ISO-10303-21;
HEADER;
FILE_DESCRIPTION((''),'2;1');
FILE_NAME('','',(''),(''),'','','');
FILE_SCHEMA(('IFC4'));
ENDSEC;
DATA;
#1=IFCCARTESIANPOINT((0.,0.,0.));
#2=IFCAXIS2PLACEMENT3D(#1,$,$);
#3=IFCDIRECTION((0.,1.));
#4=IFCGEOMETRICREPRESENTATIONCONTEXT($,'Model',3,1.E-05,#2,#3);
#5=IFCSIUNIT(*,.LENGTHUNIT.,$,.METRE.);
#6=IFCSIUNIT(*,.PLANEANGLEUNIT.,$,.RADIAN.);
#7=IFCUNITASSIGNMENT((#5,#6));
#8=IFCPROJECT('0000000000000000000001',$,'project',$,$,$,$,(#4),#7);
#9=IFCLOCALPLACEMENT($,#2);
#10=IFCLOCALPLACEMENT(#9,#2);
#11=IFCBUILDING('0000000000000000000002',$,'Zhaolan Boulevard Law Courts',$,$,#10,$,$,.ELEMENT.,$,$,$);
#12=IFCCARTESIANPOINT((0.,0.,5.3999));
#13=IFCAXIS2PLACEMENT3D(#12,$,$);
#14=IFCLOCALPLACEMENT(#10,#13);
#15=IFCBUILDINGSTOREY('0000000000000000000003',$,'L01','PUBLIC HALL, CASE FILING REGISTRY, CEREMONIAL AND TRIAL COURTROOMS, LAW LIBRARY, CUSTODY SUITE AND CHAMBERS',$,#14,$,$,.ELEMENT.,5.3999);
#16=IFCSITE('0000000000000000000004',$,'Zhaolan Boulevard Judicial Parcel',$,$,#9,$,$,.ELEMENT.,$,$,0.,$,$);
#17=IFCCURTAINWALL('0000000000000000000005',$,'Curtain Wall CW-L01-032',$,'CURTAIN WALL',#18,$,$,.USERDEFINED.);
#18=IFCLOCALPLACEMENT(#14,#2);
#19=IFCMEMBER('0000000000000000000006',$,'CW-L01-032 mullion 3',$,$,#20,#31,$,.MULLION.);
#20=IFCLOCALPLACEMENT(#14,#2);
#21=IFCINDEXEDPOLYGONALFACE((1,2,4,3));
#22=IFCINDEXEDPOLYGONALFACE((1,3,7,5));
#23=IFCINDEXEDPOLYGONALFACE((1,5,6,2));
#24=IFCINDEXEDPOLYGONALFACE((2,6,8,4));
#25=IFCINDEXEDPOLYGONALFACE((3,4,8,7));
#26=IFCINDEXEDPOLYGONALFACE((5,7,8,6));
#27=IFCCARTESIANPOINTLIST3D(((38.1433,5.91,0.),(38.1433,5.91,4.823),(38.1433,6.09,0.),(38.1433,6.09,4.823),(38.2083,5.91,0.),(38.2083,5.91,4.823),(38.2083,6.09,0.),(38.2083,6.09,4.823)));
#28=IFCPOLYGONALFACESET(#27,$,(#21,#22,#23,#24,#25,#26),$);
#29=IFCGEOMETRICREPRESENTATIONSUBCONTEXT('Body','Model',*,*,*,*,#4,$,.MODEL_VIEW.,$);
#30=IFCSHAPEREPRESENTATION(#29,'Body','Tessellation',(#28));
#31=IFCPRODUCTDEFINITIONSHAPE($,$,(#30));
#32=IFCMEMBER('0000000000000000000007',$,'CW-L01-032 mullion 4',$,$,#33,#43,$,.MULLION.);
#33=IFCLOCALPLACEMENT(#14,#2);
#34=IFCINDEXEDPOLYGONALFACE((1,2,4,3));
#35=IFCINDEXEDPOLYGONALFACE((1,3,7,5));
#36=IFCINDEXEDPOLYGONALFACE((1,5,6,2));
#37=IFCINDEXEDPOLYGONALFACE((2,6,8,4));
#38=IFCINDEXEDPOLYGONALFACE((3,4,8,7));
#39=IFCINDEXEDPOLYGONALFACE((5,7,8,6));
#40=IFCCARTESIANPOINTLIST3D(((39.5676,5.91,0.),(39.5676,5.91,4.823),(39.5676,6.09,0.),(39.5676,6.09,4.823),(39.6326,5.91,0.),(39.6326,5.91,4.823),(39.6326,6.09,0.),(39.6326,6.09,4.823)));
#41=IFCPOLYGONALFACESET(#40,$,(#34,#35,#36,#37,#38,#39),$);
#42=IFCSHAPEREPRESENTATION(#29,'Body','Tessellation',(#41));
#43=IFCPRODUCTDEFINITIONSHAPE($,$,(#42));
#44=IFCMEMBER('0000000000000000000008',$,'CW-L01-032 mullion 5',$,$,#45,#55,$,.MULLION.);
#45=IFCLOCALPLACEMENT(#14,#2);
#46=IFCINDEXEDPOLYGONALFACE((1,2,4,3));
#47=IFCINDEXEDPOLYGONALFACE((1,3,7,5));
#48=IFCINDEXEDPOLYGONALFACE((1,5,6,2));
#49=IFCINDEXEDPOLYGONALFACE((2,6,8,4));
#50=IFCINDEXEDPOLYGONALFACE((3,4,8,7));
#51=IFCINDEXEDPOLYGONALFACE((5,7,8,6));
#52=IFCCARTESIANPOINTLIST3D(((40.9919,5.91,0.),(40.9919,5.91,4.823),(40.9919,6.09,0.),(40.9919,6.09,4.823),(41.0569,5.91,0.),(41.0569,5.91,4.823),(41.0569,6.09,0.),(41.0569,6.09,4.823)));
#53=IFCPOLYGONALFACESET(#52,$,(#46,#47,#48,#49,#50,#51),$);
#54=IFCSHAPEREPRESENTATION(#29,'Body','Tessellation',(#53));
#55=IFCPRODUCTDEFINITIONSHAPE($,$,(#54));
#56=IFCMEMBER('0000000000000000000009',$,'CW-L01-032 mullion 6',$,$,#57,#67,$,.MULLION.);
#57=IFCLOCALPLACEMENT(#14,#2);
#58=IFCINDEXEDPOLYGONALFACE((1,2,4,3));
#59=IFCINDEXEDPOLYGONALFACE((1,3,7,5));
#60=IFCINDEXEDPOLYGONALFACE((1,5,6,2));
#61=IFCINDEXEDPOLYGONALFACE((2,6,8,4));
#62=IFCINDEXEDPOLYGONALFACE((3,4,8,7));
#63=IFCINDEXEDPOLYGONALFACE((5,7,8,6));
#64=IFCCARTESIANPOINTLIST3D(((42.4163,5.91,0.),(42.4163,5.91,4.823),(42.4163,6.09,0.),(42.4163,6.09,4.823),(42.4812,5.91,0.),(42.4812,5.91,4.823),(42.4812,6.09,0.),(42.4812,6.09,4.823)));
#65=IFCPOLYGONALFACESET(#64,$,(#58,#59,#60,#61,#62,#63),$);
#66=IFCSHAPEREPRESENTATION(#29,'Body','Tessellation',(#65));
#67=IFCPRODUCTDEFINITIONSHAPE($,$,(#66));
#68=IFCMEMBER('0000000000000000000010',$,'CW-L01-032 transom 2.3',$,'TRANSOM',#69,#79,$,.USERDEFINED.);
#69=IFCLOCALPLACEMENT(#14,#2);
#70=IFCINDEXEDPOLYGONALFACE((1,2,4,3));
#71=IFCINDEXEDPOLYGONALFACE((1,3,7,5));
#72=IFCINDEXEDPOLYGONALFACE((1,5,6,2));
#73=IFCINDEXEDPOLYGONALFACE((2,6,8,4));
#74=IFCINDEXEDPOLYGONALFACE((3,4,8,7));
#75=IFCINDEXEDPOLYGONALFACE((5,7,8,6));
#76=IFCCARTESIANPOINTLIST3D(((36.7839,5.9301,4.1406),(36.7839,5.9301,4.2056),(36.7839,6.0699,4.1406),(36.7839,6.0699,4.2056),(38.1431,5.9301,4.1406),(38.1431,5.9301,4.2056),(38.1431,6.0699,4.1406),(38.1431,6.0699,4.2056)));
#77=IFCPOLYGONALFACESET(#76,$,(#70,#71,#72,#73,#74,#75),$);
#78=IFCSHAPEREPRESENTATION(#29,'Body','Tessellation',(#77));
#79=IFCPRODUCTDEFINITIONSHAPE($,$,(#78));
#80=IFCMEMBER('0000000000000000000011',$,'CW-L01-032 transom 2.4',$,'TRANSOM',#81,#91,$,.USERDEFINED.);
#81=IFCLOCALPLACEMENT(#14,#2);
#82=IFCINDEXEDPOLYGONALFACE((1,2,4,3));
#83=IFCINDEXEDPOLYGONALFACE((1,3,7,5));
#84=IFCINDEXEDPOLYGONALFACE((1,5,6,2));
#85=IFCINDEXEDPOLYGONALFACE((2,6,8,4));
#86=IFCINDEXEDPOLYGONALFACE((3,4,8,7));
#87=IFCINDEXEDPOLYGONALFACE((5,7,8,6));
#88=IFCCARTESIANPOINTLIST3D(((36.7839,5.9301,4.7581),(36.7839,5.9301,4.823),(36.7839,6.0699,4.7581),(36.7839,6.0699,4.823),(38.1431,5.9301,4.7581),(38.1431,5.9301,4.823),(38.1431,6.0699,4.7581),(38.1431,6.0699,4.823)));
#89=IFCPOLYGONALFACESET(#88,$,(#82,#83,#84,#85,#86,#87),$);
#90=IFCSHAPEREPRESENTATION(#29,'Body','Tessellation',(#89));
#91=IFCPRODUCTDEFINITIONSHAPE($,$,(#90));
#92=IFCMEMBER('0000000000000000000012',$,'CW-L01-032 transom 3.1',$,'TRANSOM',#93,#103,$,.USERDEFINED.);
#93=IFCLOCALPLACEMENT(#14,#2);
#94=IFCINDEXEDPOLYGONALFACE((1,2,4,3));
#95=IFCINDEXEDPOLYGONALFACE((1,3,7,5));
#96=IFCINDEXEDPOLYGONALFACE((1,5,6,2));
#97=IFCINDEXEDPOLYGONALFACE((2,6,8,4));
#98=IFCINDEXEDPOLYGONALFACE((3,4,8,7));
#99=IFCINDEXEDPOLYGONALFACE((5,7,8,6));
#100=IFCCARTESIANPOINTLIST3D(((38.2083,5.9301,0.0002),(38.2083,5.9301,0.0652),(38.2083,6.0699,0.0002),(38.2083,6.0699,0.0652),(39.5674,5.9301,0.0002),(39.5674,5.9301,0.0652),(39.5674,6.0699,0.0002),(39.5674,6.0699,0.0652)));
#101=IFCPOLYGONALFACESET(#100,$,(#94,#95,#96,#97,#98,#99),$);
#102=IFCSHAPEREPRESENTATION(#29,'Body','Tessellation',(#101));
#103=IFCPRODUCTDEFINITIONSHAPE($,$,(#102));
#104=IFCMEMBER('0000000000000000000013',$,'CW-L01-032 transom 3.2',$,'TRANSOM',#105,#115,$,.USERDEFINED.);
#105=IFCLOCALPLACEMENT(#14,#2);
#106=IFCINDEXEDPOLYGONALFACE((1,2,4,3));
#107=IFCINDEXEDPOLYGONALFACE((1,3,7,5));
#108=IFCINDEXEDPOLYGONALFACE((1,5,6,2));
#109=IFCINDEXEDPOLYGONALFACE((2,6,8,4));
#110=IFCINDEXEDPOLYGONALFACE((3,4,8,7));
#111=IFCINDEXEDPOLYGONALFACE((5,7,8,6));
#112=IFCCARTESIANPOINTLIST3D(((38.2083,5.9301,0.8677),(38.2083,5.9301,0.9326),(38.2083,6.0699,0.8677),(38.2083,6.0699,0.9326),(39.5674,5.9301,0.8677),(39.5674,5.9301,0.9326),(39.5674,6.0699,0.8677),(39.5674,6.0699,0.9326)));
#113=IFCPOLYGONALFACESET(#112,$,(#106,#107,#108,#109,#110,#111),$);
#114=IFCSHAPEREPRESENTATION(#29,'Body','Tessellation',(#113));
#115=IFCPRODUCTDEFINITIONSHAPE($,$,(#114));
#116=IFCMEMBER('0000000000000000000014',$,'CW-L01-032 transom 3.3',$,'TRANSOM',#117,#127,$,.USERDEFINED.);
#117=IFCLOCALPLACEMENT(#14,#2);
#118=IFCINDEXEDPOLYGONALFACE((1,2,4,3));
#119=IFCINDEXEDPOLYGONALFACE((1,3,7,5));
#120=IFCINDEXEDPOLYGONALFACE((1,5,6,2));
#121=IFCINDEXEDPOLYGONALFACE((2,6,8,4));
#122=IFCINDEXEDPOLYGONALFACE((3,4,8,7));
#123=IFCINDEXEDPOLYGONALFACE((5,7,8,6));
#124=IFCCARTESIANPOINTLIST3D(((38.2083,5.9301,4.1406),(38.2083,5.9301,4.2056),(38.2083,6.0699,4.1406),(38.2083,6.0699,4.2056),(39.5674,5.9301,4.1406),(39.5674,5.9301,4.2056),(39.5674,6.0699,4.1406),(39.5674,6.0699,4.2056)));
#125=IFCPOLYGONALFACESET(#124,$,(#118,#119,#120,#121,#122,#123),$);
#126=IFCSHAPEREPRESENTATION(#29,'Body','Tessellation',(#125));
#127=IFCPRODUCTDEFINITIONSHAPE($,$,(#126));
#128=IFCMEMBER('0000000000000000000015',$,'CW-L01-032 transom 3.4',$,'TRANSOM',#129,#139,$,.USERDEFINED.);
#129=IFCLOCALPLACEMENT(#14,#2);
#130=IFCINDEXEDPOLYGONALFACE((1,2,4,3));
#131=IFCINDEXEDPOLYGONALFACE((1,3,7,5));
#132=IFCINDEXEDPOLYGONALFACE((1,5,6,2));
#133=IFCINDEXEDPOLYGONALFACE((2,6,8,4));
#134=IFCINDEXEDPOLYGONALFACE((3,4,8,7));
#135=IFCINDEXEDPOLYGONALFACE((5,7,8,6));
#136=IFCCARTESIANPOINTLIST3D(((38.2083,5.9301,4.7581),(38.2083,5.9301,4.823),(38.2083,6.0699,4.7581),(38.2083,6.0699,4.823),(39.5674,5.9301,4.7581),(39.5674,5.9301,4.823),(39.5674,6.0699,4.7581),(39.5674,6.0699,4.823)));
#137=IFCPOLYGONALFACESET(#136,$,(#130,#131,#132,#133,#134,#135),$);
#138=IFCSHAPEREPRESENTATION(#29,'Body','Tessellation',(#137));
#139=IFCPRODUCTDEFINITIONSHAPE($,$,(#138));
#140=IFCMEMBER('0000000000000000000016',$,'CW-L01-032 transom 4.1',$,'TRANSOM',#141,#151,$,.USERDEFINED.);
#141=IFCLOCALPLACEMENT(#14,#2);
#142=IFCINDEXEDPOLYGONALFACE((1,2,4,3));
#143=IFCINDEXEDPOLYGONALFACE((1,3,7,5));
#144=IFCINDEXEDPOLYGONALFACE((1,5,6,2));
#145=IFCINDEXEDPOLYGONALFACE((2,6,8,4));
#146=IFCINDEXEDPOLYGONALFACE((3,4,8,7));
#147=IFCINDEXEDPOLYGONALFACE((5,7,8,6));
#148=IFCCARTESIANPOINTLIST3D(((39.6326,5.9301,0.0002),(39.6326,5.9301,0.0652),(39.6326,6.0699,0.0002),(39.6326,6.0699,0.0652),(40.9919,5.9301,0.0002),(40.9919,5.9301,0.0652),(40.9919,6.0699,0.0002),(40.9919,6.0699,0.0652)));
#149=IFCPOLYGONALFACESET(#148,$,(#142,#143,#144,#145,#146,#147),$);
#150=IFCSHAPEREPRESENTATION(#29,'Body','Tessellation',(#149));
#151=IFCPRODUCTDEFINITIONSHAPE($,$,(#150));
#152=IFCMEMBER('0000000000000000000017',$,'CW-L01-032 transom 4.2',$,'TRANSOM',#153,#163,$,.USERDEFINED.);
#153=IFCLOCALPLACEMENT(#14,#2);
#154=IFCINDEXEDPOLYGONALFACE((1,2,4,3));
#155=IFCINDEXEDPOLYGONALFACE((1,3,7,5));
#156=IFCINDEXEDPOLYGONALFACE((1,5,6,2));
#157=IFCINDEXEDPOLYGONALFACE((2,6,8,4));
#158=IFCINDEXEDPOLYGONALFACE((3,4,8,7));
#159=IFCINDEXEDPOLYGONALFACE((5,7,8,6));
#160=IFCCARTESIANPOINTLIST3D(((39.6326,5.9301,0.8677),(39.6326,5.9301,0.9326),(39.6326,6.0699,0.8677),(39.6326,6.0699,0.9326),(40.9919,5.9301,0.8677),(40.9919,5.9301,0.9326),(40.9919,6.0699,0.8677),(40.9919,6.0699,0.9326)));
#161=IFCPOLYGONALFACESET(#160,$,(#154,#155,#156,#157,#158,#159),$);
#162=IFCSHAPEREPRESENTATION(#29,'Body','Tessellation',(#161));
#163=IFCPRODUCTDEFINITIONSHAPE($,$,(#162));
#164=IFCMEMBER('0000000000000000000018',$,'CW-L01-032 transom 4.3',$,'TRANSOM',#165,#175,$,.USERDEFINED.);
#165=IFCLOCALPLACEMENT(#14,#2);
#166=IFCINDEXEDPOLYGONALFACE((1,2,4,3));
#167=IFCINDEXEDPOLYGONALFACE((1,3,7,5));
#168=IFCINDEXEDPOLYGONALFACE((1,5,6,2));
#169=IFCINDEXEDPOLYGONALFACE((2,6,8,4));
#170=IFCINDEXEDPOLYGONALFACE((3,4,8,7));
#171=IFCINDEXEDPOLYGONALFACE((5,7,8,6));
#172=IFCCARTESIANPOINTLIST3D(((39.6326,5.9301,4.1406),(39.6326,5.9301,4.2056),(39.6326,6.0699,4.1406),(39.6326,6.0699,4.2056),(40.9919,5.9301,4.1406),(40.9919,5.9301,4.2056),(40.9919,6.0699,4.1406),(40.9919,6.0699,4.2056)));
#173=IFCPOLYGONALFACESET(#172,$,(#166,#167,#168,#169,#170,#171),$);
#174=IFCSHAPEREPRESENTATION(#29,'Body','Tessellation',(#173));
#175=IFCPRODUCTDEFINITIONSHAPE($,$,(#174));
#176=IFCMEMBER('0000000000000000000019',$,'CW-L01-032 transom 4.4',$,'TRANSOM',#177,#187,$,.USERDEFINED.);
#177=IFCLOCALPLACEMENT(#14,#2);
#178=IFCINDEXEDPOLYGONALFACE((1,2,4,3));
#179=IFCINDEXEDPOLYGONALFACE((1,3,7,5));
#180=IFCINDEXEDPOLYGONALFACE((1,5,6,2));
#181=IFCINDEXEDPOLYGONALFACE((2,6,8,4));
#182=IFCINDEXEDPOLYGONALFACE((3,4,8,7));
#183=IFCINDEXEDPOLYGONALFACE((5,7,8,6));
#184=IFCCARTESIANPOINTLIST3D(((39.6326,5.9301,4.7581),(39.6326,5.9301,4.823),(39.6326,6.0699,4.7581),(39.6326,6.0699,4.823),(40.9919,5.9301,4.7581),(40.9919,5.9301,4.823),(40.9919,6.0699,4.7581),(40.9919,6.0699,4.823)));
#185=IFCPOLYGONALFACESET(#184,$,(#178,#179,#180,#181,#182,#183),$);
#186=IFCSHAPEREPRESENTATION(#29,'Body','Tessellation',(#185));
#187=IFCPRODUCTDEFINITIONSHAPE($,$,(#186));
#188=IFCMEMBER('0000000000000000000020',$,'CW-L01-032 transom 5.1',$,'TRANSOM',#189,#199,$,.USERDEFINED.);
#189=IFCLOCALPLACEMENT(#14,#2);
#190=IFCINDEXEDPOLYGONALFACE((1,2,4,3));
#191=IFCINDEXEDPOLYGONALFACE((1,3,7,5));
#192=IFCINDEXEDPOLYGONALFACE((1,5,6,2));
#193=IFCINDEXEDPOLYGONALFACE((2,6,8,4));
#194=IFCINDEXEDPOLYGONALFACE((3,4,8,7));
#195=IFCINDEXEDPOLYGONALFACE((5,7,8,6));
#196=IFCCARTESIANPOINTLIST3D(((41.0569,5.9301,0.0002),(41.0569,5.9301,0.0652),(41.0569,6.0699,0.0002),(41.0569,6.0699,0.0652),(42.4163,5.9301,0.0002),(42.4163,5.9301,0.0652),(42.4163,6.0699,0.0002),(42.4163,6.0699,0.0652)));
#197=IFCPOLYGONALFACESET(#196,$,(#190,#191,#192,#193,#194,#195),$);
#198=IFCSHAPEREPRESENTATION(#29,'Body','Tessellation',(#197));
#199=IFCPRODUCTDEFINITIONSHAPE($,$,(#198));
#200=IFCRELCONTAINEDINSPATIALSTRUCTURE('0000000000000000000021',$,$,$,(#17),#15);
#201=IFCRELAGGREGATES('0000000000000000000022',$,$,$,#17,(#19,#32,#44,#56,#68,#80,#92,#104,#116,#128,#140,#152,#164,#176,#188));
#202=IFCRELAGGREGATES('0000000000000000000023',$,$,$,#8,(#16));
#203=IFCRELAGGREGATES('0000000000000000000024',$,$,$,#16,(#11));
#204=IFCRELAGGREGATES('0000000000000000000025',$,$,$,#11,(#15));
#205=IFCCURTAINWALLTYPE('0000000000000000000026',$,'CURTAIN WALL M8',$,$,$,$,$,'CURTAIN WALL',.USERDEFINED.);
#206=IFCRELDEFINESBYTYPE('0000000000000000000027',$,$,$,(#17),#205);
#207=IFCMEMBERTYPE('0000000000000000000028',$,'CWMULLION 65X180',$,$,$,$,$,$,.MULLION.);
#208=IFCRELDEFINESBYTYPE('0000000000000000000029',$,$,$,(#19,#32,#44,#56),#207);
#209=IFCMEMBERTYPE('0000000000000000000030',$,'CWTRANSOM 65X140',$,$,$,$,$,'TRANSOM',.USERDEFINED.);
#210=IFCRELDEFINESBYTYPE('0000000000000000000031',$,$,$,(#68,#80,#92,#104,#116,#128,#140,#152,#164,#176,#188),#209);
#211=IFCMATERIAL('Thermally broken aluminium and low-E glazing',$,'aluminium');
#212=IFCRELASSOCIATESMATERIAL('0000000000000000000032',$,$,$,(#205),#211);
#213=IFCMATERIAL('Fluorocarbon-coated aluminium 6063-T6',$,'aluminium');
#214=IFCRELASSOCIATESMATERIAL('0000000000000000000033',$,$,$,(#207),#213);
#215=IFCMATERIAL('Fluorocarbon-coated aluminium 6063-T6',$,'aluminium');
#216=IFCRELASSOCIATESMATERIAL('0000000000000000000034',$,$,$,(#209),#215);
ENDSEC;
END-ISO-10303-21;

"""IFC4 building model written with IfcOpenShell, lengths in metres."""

from ifc_helpers import new_model, si_unit, direction, frame, origin, origin_2d, place, context, subcontext, project, spatial, rectangle, extrude, material, material_profile, profile_set, type_object, element, aggregate, save


model = new_model("IFC4")

# Units and contexts
model_context = context("Model", 3, precision=1e-05, world=origin(), true_north=direction((0.0, 1.0)))
body_context = subcontext(model_context, "Body", "Model", "MODEL_VIEW")
ifc_project = project(units=[si_unit("LENGTHUNIT", "METRE"), si_unit("PLANEANGLEUNIT", "RADIAN")], contexts=[model_context])

# Site, building, storey
site_placement = place(None, origin())
site = spatial("IfcSite", under=ifc_project, at=site_placement, Name="Zhaolan Boulevard Judicial Parcel", CompositionType="ELEMENT", RefElevation=0.0)
building_placement = place(site_placement, origin())
building = spatial("IfcBuilding", under=site, at=building_placement, Name="Zhaolan Boulevard Law Courts", CompositionType="ELEMENT")
storey_placement = place(building_placement, frame((0.0, 0.0, 5.3999)))
storey = spatial("IfcBuildingStorey", under=building, at=storey_placement, Name="L01", Description="PUBLIC HALL, CASE FILING REGISTRY, CEREMONIAL AND TRIAL COURTROOMS, LAW LIBRARY, CUSTODY SUITE AND CHAMBERS", CompositionType="ELEMENT", Elevation=5.3999)

# Curtain wall, members
ifc_material_1 = material(Name="Thermally broken aluminium and low-E glazing", Category="aluminium")
curtain_wall_type = type_object("IfcCurtainWallType", Name="CURTAIN WALL M8", ElementType="CURTAIN WALL", PredefinedType="USERDEFINED", material=ifc_material_1)
curtain_wall_placement = place(storey_placement, origin())
curtain_wall = element("IfcCurtainWall", 1, at=curtain_wall_placement, inside=storey, type_object=curtain_wall_type, Name="Curtain Wall CW-L01-032", ObjectType="CURTAIN WALL", PredefinedType="USERDEFINED")
ifc_material_2 = material(Name="Fluorocarbon-coated aluminium 6063-T6", Category="aluminium")
ifc_material_profile_1 = material_profile(ifc_material_2, rectangle(XDim=0.1799, YDim=0.0649, at=origin_2d()), Name="AL65x180")
ifc_profile_set_1 = profile_set([ifc_material_profile_1], Name="Fluorocarbon-coated aluminium 6063-T6")
member_type_1 = type_object("IfcMemberType", Name="CWMULLION 65X180", PredefinedType="MULLION", material=ifc_profile_set_1)
member_1_placement = place(storey_placement, frame((38.1758, 6.0, 0.0), z_axis=(0.0, 0.0, 1.0), x_axis=(0.0, 1.0, 0.0)))
member_1 = element("IfcMember", 2, at=member_1_placement, type_object=member_type_1, Name="CW-L01-032 mullion 3", PredefinedType="MULLION", context=body_context, shape_type="SweptSolid", body=[
    extrude(rectangle(XDim=0.1799, YDim=0.0649, at=origin_2d()), origin(), (0.0, 0.0, 1.0), 4.823),
])
member_2_placement = place(storey_placement, frame((39.6001, 6.0, 0.0), z_axis=(0.0, 0.0, 1.0), x_axis=(0.0, 1.0, 0.0)))
member_2 = element("IfcMember", 3, at=member_2_placement, type_object=member_type_1, Name="CW-L01-032 mullion 4", PredefinedType="MULLION", context=body_context, shape_type="SweptSolid", body=[
    extrude(rectangle(XDim=0.1799, YDim=0.0649, at=origin_2d()), origin(), (0.0, 0.0, 1.0), 4.823),
])
member_3_placement = place(storey_placement, frame((41.0244, 6.0, 0.0), z_axis=(0.0, 0.0, 1.0), x_axis=(0.0, 1.0, 0.0)))
member_3 = element("IfcMember", 4, at=member_3_placement, type_object=member_type_1, Name="CW-L01-032 mullion 5", PredefinedType="MULLION", context=body_context, shape_type="SweptSolid", body=[
    extrude(rectangle(XDim=0.1799, YDim=0.0649, at=origin_2d()), origin(), (0.0, 0.0, 1.0), 4.823),
])
member_4_placement = place(storey_placement, frame((42.4487, 6.0, 0.0), z_axis=(0.0, 0.0, 1.0), x_axis=(0.0, 1.0, 0.0)))
member_4 = element("IfcMember", 5, at=member_4_placement, type_object=member_type_1, Name="CW-L01-032 mullion 6", PredefinedType="MULLION", context=body_context, shape_type="SweptSolid", body=[
    extrude(rectangle(XDim=0.1799, YDim=0.0649, at=origin_2d()), origin(), (0.0, 0.0, 1.0), 4.823),
])
ifc_material_3 = material(Name="Fluorocarbon-coated aluminium 6063-T6", Category="aluminium")
ifc_material_profile_2 = material_profile(ifc_material_3, rectangle(XDim=0.1399, YDim=0.0649, at=origin_2d()), Name="AL65x140")
ifc_profile_set_2 = profile_set([ifc_material_profile_2], Name="Fluorocarbon-coated aluminium 6063-T6")
member_type_2 = type_object("IfcMemberType", Name="CWTRANSOM 65X140", ElementType="TRANSOM", PredefinedType="USERDEFINED", material=ifc_profile_set_2)
member_5_placement = place(storey_placement, frame((36.7839, 6.0, 4.1731), z_axis=(1.0, 0.0, 0.0), x_axis=(0.0, 1.0, 0.0)))
member_5 = element("IfcMember", 6, at=member_5_placement, type_object=member_type_2, Name="CW-L01-032 transom 2.3", ObjectType="TRANSOM", PredefinedType="USERDEFINED", context=body_context, shape_type="SweptSolid", body=[
    extrude(rectangle(XDim=0.1399, YDim=0.0649, at=origin_2d()), origin(), (0.0, 0.0, 1.0), 1.3591),
])
member_6_placement = place(storey_placement, frame((36.7839, 6.0, 4.7905), z_axis=(1.0, 0.0, 0.0), x_axis=(0.0, 1.0, 0.0)))
member_6 = element("IfcMember", 7, at=member_6_placement, type_object=member_type_2, Name="CW-L01-032 transom 2.4", ObjectType="TRANSOM", PredefinedType="USERDEFINED", context=body_context, shape_type="SweptSolid", body=[
    extrude(rectangle(XDim=0.1399, YDim=0.0649, at=origin_2d()), origin(), (0.0, 0.0, 1.0), 1.3591),
])
member_7_placement = place(storey_placement, frame((38.2083, 6.0, 0.0327), z_axis=(1.0, 0.0, 0.0), x_axis=(0.0, 1.0, 0.0)))
member_7 = element("IfcMember", 8, at=member_7_placement, type_object=member_type_2, Name="CW-L01-032 transom 3.1", ObjectType="TRANSOM", PredefinedType="USERDEFINED", context=body_context, shape_type="SweptSolid", body=[
    extrude(rectangle(XDim=0.1399, YDim=0.0649, at=origin_2d()), origin(), (0.0, 0.0, 1.0), 1.3591),
])
member_8_placement = place(storey_placement, frame((38.2083, 6.0, 0.9001), z_axis=(1.0, 0.0, 0.0), x_axis=(0.0, 1.0, 0.0)))
member_8 = element("IfcMember", 9, at=member_8_placement, type_object=member_type_2, Name="CW-L01-032 transom 3.2", ObjectType="TRANSOM", PredefinedType="USERDEFINED", context=body_context, shape_type="SweptSolid", body=[
    extrude(rectangle(XDim=0.1399, YDim=0.0649, at=origin_2d()), origin(), (0.0, 0.0, 1.0), 1.3591),
])
member_9_placement = place(storey_placement, frame((38.2083, 6.0, 4.1731), z_axis=(1.0, 0.0, 0.0), x_axis=(0.0, 1.0, 0.0)))
member_9 = element("IfcMember", 10, at=member_9_placement, type_object=member_type_2, Name="CW-L01-032 transom 3.3", ObjectType="TRANSOM", PredefinedType="USERDEFINED", context=body_context, shape_type="SweptSolid", body=[
    extrude(rectangle(XDim=0.1399, YDim=0.0649, at=origin_2d()), origin(), (0.0, 0.0, 1.0), 1.3591),
])
member_10_placement = place(storey_placement, frame((38.2083, 6.0, 4.7905), z_axis=(1.0, 0.0, 0.0), x_axis=(0.0, 1.0, 0.0)))
member_10 = element("IfcMember", 11, at=member_10_placement, type_object=member_type_2, Name="CW-L01-032 transom 3.4", ObjectType="TRANSOM", PredefinedType="USERDEFINED", context=body_context, shape_type="SweptSolid", body=[
    extrude(rectangle(XDim=0.1399, YDim=0.0649, at=origin_2d()), origin(), (0.0, 0.0, 1.0), 1.3591),
])
member_11_placement = place(storey_placement, frame((39.6326, 6.0, 0.0327), z_axis=(1.0, 0.0, 0.0), x_axis=(0.0, 1.0, 0.0)))
member_11 = element("IfcMember", 12, at=member_11_placement, type_object=member_type_2, Name="CW-L01-032 transom 4.1", ObjectType="TRANSOM", PredefinedType="USERDEFINED", context=body_context, shape_type="SweptSolid", body=[
    extrude(rectangle(XDim=0.1399, YDim=0.0649, at=origin_2d()), origin(), (0.0, 0.0, 1.0), 1.3594),
])
member_12_placement = place(storey_placement, frame((39.6326, 6.0, 0.9001), z_axis=(1.0, 0.0, 0.0), x_axis=(0.0, 1.0, 0.0)))
member_12 = element("IfcMember", 13, at=member_12_placement, type_object=member_type_2, Name="CW-L01-032 transom 4.2", ObjectType="TRANSOM", PredefinedType="USERDEFINED", context=body_context, shape_type="SweptSolid", body=[
    extrude(rectangle(XDim=0.1399, YDim=0.0649, at=origin_2d()), origin(), (0.0, 0.0, 1.0), 1.3594),
])
member_13_placement = place(storey_placement, frame((39.6326, 6.0, 4.1731), z_axis=(1.0, 0.0, 0.0), x_axis=(0.0, 1.0, 0.0)))
member_13 = element("IfcMember", 14, at=member_13_placement, type_object=member_type_2, Name="CW-L01-032 transom 4.3", ObjectType="TRANSOM", PredefinedType="USERDEFINED", context=body_context, shape_type="SweptSolid", body=[
    extrude(rectangle(XDim=0.1399, YDim=0.0649, at=origin_2d()), origin(), (0.0, 0.0, 1.0), 1.3594),
])
member_14_placement = place(storey_placement, frame((39.6326, 6.0, 4.7905), z_axis=(1.0, 0.0, 0.0), x_axis=(0.0, 1.0, 0.0)))
member_14 = element("IfcMember", 15, at=member_14_placement, type_object=member_type_2, Name="CW-L01-032 transom 4.4", ObjectType="TRANSOM", PredefinedType="USERDEFINED", context=body_context, shape_type="SweptSolid", body=[
    extrude(rectangle(XDim=0.1399, YDim=0.0649, at=origin_2d()), origin(), (0.0, 0.0, 1.0), 1.3594),
])
member_15_placement = place(storey_placement, frame((41.0569, 6.0, 0.0327), z_axis=(1.0, 0.0, 0.0), x_axis=(0.0, 1.0, 0.0)))
member_15 = element("IfcMember", 16, at=member_15_placement, type_object=member_type_2, Name="CW-L01-032 transom 5.1", ObjectType="TRANSOM", PredefinedType="USERDEFINED", context=body_context, shape_type="SweptSolid", body=[
    extrude(rectangle(XDim=0.1399, YDim=0.0649, at=origin_2d()), origin(), (0.0, 0.0, 1.0), 1.3594),
])

aggregate(curtain_wall, [member_1, member_2, member_3, member_4, member_5, member_6, member_7, member_8, member_9, member_10, member_11, member_12, member_13, member_14, member_15])

save(model, "model.ifc")
